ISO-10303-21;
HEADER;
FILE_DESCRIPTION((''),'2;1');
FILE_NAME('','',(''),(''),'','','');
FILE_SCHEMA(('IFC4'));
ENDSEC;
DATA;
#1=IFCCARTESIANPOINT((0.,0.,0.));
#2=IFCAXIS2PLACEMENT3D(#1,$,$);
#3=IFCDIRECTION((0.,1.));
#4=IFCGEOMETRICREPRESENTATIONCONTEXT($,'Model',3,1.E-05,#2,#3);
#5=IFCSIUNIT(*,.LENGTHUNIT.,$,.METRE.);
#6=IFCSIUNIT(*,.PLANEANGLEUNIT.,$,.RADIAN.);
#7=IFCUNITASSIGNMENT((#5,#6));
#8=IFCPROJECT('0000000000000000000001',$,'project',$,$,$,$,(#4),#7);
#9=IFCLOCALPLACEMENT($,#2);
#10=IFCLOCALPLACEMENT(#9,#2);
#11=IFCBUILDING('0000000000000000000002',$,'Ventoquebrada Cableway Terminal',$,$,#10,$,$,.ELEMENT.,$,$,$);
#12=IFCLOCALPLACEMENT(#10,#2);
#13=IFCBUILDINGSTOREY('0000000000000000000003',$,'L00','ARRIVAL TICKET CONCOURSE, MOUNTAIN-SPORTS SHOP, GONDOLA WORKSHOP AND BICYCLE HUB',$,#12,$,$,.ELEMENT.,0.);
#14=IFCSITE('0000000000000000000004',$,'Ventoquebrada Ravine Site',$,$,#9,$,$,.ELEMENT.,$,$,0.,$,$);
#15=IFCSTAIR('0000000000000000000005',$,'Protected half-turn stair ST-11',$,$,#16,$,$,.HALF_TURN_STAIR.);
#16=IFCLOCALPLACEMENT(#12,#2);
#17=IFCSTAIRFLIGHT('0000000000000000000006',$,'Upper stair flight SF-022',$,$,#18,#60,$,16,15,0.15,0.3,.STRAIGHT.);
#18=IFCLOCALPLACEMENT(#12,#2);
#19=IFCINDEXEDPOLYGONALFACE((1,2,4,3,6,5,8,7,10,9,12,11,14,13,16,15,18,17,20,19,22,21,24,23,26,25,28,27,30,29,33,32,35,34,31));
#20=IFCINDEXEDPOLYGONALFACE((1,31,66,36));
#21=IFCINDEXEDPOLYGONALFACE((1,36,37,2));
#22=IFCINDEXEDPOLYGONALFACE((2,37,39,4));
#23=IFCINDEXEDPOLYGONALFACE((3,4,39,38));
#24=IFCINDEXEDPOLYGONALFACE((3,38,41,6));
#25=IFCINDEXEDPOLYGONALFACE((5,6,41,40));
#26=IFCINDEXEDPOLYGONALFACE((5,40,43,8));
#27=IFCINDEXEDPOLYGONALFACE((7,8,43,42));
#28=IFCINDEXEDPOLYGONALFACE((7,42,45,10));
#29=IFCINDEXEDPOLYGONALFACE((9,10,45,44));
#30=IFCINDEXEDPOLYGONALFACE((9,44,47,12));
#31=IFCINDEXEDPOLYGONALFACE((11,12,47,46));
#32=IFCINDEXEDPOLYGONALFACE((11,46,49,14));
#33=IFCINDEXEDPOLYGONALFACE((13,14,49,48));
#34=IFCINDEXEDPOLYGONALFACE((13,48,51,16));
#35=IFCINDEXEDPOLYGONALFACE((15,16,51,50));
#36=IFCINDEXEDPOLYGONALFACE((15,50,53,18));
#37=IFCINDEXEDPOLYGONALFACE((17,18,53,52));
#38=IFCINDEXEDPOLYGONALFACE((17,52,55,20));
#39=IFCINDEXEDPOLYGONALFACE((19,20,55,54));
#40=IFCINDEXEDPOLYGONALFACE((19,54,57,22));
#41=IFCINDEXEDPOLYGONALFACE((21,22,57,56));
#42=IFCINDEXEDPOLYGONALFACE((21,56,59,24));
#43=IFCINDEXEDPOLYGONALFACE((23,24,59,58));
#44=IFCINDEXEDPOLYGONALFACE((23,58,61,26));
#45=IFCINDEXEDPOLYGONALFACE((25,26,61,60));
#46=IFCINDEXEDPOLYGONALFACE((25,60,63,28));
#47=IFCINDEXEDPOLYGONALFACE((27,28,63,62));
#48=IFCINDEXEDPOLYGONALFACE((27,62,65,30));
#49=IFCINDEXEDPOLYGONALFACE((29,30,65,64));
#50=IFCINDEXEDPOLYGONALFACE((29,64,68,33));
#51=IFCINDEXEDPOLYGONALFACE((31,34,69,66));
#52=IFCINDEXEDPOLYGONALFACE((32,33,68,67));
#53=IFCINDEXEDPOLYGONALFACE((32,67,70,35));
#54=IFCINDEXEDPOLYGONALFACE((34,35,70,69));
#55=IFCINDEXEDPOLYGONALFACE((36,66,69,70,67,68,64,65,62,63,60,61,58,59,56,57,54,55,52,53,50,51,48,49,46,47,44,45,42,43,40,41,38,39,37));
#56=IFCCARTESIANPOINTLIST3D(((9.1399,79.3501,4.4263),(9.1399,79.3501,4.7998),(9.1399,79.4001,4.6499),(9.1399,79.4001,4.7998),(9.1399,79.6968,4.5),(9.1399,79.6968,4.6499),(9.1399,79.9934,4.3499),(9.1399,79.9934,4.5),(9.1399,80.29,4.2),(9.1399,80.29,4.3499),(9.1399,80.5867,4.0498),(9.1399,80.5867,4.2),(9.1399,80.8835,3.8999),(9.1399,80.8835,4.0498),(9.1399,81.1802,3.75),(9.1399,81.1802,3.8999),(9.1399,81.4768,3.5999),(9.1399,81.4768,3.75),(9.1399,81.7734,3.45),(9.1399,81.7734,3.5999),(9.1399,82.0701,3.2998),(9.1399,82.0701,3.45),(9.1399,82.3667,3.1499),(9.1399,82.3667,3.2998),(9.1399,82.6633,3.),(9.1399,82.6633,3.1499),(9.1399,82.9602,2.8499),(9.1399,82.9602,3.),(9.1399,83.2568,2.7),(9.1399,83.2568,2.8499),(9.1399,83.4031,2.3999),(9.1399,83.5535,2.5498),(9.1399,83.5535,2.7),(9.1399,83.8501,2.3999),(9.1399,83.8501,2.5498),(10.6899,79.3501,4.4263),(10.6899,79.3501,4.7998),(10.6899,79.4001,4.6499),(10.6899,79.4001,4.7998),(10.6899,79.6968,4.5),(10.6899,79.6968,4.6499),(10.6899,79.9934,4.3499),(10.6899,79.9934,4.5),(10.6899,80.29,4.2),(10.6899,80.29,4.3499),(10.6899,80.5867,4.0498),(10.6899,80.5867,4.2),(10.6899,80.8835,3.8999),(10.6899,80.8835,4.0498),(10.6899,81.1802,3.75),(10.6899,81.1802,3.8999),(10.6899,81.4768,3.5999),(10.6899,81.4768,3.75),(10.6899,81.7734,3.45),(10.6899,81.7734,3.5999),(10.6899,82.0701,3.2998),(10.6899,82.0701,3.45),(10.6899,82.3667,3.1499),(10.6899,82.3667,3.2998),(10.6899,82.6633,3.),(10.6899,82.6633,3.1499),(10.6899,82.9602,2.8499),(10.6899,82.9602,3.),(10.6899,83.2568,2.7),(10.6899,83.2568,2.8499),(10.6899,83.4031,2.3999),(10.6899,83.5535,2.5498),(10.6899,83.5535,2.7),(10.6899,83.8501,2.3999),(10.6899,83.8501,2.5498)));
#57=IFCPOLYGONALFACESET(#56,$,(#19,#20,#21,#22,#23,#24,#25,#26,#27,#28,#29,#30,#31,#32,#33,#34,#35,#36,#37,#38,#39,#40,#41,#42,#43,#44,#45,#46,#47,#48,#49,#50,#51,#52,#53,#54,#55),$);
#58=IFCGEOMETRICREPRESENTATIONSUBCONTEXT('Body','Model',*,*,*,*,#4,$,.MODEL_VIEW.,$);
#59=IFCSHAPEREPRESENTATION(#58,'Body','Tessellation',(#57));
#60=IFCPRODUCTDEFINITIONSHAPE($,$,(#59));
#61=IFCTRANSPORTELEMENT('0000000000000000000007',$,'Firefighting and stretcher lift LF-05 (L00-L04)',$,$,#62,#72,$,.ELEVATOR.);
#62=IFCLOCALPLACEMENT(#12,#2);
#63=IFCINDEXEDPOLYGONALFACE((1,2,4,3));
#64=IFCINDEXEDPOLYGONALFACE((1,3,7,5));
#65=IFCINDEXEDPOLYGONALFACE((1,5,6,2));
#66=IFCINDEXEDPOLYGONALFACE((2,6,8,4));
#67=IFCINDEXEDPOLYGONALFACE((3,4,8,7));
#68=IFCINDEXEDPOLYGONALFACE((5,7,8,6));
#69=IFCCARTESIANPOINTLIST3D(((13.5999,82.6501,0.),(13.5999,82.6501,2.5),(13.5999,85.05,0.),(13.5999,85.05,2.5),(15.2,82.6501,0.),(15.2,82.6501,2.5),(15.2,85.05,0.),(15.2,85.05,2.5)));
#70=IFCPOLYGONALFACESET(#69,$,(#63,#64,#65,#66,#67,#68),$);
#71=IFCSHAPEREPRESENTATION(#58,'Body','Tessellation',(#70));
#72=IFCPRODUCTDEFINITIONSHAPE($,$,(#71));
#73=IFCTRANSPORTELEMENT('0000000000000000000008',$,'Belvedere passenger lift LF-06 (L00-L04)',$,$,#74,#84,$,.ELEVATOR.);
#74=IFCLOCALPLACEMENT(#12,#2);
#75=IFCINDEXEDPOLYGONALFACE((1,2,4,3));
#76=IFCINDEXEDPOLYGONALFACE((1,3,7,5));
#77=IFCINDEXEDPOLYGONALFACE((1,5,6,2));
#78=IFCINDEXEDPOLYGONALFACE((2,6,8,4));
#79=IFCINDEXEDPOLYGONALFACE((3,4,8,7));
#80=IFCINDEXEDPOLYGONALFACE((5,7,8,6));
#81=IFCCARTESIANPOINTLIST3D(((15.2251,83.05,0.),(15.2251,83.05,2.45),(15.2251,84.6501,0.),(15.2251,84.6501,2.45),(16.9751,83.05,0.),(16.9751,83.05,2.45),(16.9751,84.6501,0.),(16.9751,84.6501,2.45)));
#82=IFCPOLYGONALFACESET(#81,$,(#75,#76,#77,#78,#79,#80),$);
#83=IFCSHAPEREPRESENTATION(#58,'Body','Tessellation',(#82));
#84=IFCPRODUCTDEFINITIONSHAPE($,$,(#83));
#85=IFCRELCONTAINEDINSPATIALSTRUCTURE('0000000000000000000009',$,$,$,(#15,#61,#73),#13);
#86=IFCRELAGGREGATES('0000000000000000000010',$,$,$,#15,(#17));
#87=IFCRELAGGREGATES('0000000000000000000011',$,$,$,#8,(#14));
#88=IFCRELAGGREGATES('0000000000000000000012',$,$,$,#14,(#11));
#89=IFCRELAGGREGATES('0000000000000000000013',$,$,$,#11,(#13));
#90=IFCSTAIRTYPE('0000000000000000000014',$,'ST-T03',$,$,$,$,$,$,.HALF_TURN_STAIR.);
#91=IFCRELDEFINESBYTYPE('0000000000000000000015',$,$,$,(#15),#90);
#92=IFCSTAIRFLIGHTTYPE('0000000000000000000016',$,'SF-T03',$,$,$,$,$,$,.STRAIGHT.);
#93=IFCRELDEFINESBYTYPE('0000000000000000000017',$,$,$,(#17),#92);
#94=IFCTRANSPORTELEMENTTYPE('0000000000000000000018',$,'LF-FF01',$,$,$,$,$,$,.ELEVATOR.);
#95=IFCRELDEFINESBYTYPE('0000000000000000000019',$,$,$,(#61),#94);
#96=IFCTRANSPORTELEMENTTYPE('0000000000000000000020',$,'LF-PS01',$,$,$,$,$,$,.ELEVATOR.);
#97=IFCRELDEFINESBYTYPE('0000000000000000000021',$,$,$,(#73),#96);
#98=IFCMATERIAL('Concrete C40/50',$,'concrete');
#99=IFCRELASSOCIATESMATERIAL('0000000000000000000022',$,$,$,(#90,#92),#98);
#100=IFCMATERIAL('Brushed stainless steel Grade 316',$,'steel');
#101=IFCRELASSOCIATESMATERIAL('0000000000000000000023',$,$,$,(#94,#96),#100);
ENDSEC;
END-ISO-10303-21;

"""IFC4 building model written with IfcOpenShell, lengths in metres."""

from ifc_helpers import new_model, si_unit, direction, frame, origin, origin_2d, place, context, subcontext, project, spatial, polyline, rectangle, outline, extrude, material, type_object, element, aggregate, save


model = new_model("IFC4")

# Units and contexts
model_context = context("Model", 3, precision=1e-05, world=origin(), true_north=direction((0.0, 1.0)))
body_context = subcontext(model_context, "Body", "Model", "MODEL_VIEW")
ifc_project = project(units=[si_unit("LENGTHUNIT", "METRE"), si_unit("PLANEANGLEUNIT", "RADIAN")], contexts=[model_context])

# Site, building, storey
site_placement = place(None, origin())
site = spatial("IfcSite", under=ifc_project, at=site_placement, Name="Ventoquebrada Ravine Site", CompositionType="ELEMENT", RefElevation=0.0)
building_placement = place(site_placement, origin())
building = spatial("IfcBuilding", under=site, at=building_placement, Name="Ventoquebrada Cableway Terminal", CompositionType="ELEMENT")
storey_placement = place(building_placement, origin())
storey = spatial("IfcBuildingStorey", under=building, at=storey_placement, Name="L00", Description="ARRIVAL TICKET CONCOURSE, MOUNTAIN-SPORTS SHOP, GONDOLA WORKSHOP AND BICYCLE HUB", CompositionType="ELEMENT", Elevation=0.0)

# Shared definitions
ifc_material_1 = material(Name="Concrete C40/50", Category="concrete")

# Shared definitions
ifc_material_2 = material(Name="Brushed stainless steel Grade 316", Category="steel")

# Stair, stair flight
stair_type = type_object("IfcStairType", Name="ST-T03", PredefinedType="HALF_TURN_STAIR", material=ifc_material_1)
stair_placement = place(storey_placement, origin())
stair = element("IfcStair", 1, at=stair_placement, inside=storey, type_object=stair_type, Name="Protected half-turn stair ST-11", PredefinedType="HALF_TURN_STAIR")
stair_flight_type = type_object("IfcStairFlightType", Name="SF-T03", PredefinedType="STRAIGHT", material=ifc_material_1)
stair_flight_placement = place(storey_placement, frame((9.915, 83.8501, 2.3999), z_axis=(0.0, 0.0, 1.0), x_axis=(0.0, -1.0, 0.0)))
stair_flight = element("IfcStairFlight", 2, at=stair_flight_placement, type_object=stair_flight_type, Name="Upper stair flight SF-022", NumberOfRisers=16, NumberOfTreads=15, PredefinedType="STRAIGHT", RiserHeight=0.15, TreadLength=0.3, context=body_context, shape_type="SweptSolid", body=[
    extrude(outline(polyline([(0.0, 0.0), (0.0, 0.1499), (0.2966, 0.1499), (0.2966, 0.3), (0.5933, 0.3), (0.5933, 0.45), (0.8899, 0.45), (0.8899, 0.6001), (1.1868, 0.6001), (1.1868, 0.75), (1.4834, 0.75), (1.4834, 0.8999), (1.78, 0.8999), (1.78, 1.05), (2.0767, 1.05), (2.0767, 1.2), (2.3733, 1.2), (2.3733, 1.3501), (2.6699, 1.3501), (2.6699, 1.5), (2.9666, 1.5), (2.9666, 1.6499), (3.2634, 1.6499), (3.2634, 1.8), (3.5601, 1.8), (3.5601, 1.95), (3.8567, 1.95), (3.8567, 2.1001), (4.1533, 2.1001), (4.1533, 2.25), (4.45, 2.25), (4.45, 2.3999), (4.5, 2.3999), (4.5, 2.0264), (0.447, 0.0), (0.0, 0.0)])), frame((0.0, 0.7749, 0.0), z_axis=(0.0, -1.0, 0.0), x_axis=(1.0, 0.0, 0.0)), (0.0, 0.0, 1.0), 1.55),
])
aggregate(stair, [stair_flight])

# Transport elements
transport_element_type_1 = type_object("IfcTransportElementType", Name="LF-FF01", PredefinedType="ELEVATOR", material=ifc_material_2)
transport_element_1_placement = place(storey_placement, frame((14.3999, 83.8501, 0.0), z_axis=(0.0, 0.0, 1.0), x_axis=(1.0, 0.0, 0.0)))
element("IfcTransportElement", 3, at=transport_element_1_placement, inside=storey, type_object=transport_element_type_1, Name="Firefighting and stretcher lift LF-05 (L00-L04)", PredefinedType="ELEVATOR", context=body_context, shape_type="SweptSolid", body=[
    extrude(rectangle(XDim=1.6001, YDim=2.3999, at=origin_2d()), origin(), (0.0, 0.0, 1.0), 2.5),
])
transport_element_type_2 = type_object("IfcTransportElementType", Name="LF-PS01", PredefinedType="ELEVATOR", material=ifc_material_2)
transport_element_2_placement = place(storey_placement, frame((16.1001, 83.8501, 0.0), z_axis=(0.0, 0.0, 1.0), x_axis=(1.0, 0.0, 0.0)))
element("IfcTransportElement", 4, at=transport_element_2_placement, inside=storey, type_object=transport_element_type_2, Name="Belvedere passenger lift LF-06 (L00-L04)", PredefinedType="ELEVATOR", context=body_context, shape_type="SweptSolid", body=[
    extrude(rectangle(XDim=1.75, YDim=1.6001, at=origin_2d()), origin(), (0.0, 0.0, 1.0), 2.45),
])

save(model, "model.ifc")
